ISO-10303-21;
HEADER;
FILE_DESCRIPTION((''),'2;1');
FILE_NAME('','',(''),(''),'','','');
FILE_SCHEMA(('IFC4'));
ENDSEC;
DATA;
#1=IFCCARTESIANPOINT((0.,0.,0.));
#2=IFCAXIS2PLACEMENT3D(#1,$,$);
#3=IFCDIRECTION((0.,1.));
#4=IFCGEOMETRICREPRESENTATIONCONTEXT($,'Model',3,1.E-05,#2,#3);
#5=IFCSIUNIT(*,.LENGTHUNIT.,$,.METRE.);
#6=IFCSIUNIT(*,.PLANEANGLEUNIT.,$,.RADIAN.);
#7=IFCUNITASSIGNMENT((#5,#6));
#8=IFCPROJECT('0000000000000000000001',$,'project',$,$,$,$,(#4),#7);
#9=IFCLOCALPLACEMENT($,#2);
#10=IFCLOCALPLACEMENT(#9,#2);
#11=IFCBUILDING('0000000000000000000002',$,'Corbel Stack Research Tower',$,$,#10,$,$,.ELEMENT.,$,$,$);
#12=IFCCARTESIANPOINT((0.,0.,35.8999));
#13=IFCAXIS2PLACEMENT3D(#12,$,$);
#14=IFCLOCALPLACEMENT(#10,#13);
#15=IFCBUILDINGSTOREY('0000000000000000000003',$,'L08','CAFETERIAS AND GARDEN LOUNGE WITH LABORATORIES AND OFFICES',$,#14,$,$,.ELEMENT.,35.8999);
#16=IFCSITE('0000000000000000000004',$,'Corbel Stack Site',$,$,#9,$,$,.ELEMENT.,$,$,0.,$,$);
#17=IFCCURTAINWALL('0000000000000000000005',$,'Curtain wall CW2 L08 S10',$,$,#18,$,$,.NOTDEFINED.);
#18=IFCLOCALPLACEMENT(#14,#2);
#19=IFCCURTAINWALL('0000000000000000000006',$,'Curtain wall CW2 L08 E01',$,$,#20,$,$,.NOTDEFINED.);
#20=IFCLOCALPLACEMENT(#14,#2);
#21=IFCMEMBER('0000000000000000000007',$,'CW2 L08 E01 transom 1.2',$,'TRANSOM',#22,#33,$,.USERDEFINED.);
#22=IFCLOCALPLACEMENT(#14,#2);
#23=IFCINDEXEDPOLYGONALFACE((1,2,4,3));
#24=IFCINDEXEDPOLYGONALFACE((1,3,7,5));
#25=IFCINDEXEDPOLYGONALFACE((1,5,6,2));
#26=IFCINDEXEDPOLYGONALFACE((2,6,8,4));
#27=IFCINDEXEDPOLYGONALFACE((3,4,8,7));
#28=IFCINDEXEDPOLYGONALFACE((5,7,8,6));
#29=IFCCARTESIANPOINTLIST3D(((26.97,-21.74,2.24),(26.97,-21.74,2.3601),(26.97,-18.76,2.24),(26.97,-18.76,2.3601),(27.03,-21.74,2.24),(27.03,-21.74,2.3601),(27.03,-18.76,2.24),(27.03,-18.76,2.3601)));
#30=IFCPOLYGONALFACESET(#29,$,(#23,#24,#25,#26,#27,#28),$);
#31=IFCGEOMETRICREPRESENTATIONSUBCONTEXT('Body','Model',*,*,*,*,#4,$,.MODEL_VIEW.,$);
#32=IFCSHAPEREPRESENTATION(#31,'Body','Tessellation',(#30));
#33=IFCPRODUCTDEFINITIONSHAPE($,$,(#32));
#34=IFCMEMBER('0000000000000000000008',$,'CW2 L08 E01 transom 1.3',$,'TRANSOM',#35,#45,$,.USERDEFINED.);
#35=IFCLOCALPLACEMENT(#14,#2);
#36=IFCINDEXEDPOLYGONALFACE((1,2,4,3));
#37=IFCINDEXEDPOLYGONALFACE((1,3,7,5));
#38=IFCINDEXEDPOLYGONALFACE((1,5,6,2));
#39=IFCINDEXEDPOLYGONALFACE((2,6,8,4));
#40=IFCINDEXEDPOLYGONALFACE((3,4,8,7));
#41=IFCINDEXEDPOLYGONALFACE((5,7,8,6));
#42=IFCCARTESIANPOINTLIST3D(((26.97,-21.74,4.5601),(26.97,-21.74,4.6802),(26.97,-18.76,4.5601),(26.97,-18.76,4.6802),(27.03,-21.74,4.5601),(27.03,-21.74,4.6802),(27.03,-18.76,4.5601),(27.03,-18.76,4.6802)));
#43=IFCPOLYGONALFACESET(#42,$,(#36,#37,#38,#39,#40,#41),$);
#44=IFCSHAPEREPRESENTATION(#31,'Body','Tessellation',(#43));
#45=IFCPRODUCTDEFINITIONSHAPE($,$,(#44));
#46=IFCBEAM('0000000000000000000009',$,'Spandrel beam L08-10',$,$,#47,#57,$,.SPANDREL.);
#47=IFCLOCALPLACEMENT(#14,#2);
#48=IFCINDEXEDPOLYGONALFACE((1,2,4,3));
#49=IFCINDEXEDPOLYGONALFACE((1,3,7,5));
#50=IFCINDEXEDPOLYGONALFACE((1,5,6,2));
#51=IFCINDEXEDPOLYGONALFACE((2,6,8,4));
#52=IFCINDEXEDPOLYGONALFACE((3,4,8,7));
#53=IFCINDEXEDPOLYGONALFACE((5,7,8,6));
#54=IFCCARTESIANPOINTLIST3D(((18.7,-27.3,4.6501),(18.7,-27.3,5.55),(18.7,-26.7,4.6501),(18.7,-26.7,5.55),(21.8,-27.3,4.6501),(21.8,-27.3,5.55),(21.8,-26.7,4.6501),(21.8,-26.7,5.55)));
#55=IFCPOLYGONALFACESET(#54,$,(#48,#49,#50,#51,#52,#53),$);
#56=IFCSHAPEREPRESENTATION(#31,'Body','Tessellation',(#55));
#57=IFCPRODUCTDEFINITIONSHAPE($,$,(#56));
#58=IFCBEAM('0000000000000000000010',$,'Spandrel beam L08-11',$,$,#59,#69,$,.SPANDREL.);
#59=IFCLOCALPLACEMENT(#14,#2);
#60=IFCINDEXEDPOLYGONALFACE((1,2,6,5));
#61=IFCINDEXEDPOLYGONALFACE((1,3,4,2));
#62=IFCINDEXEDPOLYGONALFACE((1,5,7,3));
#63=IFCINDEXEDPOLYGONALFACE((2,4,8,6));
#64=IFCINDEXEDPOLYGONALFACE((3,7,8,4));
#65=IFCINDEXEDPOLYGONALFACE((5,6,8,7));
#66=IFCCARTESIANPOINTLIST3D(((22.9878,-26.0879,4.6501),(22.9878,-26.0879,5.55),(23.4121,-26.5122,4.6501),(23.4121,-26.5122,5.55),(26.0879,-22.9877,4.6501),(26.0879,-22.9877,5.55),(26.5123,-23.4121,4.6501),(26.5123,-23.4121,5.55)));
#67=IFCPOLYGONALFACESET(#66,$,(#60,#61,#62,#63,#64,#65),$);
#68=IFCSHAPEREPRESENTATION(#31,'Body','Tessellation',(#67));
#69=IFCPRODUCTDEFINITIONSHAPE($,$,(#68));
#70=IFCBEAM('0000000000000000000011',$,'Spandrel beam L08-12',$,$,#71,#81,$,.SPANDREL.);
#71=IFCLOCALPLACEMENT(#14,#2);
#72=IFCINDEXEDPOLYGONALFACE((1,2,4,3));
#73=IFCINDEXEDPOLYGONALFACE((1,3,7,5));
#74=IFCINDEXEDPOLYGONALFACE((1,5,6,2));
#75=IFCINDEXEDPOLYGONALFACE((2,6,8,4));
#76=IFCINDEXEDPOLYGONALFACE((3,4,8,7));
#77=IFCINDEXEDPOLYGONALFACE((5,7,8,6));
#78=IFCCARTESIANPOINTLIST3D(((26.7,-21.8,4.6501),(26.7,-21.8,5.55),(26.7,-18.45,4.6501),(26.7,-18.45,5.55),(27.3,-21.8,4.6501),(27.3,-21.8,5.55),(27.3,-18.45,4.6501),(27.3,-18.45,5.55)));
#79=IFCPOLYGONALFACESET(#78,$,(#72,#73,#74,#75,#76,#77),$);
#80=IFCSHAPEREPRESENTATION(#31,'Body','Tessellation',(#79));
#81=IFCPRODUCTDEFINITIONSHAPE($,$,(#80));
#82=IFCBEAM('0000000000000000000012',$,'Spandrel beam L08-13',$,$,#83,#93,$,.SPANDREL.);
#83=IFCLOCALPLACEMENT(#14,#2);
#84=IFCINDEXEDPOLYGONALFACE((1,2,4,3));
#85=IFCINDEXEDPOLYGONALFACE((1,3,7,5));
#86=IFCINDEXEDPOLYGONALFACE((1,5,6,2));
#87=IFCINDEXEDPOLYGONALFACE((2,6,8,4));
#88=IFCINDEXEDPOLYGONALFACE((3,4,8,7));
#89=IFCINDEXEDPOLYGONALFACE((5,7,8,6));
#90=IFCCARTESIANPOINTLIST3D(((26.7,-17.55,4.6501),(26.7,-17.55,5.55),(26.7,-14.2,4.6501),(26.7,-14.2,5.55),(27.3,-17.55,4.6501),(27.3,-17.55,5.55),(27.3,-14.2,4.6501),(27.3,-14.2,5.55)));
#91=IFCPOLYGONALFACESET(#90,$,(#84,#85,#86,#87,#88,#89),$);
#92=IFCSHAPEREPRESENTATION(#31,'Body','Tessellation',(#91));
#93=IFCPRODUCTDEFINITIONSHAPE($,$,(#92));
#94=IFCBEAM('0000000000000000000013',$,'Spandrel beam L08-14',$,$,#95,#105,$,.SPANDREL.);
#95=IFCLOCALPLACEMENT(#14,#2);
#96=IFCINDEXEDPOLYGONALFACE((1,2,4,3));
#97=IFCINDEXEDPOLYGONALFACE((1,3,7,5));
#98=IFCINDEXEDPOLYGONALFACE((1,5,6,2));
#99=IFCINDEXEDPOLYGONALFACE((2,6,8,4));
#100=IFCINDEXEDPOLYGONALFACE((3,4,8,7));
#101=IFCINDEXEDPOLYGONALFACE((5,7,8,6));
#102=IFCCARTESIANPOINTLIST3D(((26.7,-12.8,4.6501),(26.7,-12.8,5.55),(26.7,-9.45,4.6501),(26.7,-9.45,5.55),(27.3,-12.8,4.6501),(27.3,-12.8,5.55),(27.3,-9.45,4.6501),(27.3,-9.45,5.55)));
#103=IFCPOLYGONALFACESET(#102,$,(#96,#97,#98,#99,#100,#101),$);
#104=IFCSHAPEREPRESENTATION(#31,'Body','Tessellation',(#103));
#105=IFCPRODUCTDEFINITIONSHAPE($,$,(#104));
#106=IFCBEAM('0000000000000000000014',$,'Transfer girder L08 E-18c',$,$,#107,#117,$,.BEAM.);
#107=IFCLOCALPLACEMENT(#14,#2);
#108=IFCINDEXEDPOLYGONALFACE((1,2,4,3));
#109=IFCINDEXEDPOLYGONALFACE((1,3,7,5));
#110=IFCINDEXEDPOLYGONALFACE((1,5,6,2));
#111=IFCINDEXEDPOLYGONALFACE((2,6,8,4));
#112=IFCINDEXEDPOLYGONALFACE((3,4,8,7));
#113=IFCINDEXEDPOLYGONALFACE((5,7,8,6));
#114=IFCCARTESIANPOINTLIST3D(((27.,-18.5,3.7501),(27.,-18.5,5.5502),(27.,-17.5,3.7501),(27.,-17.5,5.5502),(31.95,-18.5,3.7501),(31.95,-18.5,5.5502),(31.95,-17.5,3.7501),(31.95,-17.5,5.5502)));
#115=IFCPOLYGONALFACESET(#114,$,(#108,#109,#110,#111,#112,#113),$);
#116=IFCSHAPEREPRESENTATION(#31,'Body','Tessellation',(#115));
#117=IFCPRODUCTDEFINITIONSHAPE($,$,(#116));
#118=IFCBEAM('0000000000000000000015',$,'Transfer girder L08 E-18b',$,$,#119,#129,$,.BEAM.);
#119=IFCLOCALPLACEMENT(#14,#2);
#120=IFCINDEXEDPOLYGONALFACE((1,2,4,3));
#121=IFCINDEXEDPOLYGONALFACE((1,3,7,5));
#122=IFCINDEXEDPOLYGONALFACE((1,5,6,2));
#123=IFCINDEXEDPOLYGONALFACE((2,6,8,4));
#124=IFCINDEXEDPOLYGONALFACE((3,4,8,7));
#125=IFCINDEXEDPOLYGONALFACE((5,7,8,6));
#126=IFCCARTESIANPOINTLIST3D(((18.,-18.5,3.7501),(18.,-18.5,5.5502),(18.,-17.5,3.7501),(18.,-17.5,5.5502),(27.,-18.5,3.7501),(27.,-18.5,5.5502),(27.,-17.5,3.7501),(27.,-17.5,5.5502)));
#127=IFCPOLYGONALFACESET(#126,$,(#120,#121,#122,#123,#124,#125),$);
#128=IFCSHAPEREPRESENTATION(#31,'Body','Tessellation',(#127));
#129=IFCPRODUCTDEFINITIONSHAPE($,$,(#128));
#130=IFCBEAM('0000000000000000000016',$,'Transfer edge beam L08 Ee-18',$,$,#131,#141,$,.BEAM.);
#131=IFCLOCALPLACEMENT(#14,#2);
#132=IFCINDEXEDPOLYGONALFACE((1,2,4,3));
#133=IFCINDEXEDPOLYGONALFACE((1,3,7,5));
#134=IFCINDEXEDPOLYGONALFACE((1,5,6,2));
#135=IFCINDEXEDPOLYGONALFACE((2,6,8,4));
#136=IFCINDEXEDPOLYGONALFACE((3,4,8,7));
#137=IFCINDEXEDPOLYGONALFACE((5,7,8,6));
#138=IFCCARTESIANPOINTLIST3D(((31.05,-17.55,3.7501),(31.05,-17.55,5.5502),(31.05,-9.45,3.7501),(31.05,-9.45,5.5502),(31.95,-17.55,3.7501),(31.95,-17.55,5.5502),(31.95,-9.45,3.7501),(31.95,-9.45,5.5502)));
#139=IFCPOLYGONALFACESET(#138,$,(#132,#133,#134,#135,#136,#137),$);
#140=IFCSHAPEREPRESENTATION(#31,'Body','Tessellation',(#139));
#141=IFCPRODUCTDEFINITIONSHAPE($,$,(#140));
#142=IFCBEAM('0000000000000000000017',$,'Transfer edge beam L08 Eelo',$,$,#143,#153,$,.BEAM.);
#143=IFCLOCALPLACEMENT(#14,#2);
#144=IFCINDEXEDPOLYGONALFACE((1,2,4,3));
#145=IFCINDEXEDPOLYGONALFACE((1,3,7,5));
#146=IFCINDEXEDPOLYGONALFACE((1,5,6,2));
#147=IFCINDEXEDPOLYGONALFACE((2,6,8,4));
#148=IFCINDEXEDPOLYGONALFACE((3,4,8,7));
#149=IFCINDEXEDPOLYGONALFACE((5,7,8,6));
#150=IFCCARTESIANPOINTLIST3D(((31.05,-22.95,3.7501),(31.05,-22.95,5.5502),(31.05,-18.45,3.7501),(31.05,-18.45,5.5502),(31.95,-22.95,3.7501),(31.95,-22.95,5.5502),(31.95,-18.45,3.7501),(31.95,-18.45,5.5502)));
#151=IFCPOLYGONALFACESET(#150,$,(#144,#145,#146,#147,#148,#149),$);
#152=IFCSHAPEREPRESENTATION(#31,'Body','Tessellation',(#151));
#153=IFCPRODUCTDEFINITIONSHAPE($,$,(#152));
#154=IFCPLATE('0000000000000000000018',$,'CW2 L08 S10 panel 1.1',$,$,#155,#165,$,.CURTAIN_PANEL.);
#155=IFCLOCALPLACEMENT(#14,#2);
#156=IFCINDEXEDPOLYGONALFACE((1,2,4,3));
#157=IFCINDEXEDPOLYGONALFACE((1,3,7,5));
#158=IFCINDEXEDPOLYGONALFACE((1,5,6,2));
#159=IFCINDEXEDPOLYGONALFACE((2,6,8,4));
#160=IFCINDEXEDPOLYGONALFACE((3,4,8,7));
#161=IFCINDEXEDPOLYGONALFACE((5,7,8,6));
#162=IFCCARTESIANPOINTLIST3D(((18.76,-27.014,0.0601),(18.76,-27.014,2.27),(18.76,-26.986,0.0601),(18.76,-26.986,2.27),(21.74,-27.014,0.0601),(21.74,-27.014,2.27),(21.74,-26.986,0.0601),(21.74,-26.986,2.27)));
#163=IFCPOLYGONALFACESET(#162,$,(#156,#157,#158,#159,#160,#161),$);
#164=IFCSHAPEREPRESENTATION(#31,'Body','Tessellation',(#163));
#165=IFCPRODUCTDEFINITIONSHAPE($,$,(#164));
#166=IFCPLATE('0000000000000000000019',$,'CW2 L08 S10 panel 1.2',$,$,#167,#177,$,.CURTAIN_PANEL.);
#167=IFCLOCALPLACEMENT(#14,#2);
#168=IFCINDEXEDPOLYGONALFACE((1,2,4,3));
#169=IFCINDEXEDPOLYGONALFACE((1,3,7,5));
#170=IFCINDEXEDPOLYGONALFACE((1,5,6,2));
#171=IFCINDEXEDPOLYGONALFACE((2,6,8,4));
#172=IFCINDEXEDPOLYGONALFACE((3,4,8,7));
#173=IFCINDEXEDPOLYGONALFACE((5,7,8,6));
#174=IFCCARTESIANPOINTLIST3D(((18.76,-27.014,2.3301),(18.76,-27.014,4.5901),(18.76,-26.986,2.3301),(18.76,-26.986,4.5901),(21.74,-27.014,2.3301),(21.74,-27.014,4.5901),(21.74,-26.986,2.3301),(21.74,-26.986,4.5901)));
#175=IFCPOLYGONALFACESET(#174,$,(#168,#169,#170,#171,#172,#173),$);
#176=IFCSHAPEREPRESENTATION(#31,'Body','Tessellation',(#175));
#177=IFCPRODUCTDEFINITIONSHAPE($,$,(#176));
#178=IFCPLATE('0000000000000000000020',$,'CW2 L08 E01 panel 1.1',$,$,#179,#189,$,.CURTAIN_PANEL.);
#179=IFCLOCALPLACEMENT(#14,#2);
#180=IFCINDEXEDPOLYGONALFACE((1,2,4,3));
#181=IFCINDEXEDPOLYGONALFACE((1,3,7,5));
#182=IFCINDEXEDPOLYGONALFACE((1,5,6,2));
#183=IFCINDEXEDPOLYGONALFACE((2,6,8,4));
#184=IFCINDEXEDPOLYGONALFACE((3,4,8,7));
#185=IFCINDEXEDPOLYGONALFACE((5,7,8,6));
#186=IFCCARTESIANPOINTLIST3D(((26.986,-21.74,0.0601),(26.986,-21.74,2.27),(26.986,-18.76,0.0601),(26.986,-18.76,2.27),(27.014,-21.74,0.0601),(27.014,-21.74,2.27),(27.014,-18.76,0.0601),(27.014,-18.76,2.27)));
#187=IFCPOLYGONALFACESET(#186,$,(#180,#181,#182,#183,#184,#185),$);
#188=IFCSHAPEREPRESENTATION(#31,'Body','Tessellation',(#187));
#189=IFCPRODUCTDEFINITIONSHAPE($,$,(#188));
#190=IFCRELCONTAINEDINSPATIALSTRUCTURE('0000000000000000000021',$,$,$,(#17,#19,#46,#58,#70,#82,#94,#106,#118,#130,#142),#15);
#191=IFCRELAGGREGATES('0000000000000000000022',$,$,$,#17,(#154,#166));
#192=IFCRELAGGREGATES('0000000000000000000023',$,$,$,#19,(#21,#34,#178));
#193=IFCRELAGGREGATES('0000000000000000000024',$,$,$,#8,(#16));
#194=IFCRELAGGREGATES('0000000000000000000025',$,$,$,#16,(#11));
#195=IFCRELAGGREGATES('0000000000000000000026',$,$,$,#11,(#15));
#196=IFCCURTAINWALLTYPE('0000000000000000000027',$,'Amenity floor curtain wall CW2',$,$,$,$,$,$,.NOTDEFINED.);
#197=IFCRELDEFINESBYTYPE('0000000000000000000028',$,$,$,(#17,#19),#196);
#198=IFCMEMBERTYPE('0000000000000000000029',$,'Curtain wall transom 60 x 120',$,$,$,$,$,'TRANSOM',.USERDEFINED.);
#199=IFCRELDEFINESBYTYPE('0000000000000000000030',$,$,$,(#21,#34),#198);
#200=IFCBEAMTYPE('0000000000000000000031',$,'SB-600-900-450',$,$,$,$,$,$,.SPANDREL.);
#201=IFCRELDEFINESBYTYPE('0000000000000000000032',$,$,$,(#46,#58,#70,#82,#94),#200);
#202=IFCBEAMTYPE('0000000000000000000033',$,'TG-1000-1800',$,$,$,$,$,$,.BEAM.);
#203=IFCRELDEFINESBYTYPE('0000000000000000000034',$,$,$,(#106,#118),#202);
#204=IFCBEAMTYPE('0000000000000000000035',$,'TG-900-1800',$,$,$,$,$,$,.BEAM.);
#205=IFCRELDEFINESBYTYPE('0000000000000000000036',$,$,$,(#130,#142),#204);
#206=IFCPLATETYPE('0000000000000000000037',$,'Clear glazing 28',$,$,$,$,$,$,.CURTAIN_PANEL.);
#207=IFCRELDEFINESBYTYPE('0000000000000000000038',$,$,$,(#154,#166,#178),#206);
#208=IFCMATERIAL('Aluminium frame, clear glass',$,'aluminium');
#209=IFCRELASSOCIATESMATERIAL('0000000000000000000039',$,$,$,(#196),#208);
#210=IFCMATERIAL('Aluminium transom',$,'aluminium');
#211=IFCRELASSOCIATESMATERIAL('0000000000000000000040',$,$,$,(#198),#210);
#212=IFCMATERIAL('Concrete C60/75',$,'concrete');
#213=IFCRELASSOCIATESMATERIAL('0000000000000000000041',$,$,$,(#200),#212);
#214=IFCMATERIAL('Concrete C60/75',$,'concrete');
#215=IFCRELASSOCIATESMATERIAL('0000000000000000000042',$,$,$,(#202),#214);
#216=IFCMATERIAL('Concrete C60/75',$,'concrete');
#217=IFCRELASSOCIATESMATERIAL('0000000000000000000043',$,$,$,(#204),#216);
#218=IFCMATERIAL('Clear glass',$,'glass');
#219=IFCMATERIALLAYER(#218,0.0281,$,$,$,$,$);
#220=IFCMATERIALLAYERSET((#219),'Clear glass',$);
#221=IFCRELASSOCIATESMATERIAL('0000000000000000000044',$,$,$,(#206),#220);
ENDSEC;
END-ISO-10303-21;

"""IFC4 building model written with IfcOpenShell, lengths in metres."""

from ifc_helpers import new_model, si_unit, direction, frame, origin, origin_2d, place, context, subcontext, project, spatial, rectangle, extrude, material, layer, layer_set, material_profile, profile_set, type_object, element, aggregate, save


model = new_model("IFC4")

# Units and contexts
model_context = context("Model", 3, precision=1e-05, world=origin(), true_north=direction((0.0, 1.0)))
body_context = subcontext(model_context, "Body", "Model", "MODEL_VIEW")
ifc_project = project(units=[si_unit("LENGTHUNIT", "METRE"), si_unit("PLANEANGLEUNIT", "RADIAN")], contexts=[model_context])

# Site, building, storey
site_placement = place(None, origin())
site = spatial("IfcSite", under=ifc_project, at=site_placement, Name="Corbel Stack Site", CompositionType="ELEMENT", RefElevation=0.0)
building_placement = place(site_placement, origin())
building = spatial("IfcBuilding", under=site, at=building_placement, Name="Corbel Stack Research Tower", CompositionType="ELEMENT")
storey_placement = place(building_placement, frame((0.0, 0.0, 35.8999)))
storey = spatial("IfcBuildingStorey", under=building, at=storey_placement, Name="L08", Description="CAFETERIAS AND GARDEN LOUNGE WITH LABORATORIES AND OFFICES", CompositionType="ELEMENT", Elevation=35.8999)

# Curtain walls
ifc_material_1 = material(Name="Aluminium frame, clear glass", Category="aluminium")
curtain_wall_type = type_object("IfcCurtainWallType", Name="Amenity floor curtain wall CW2", PredefinedType="NOTDEFINED", material=ifc_material_1)
curtain_wall_1_placement = place(storey_placement, origin())
curtain_wall_1 = element("IfcCurtainWall", 1, at=curtain_wall_1_placement, inside=storey, type_object=curtain_wall_type, Name="Curtain wall CW2 L08 S10", PredefinedType="NOTDEFINED")
curtain_wall_2_placement = place(storey_placement, origin())
curtain_wall_2 = element("IfcCurtainWall", 2, at=curtain_wall_2_placement, inside=storey, type_object=curtain_wall_type, Name="Curtain wall CW2 L08 E01", PredefinedType="NOTDEFINED")

# Members
ifc_material_2 = material(Name="Aluminium transom", Category="aluminium")
ifc_material_profile_1 = material_profile(ifc_material_2, rectangle(XDim=0.0601, YDim=0.1201, at=origin_2d()), Name="Transom 60 x 120")
ifc_profile_set_1 = profile_set([ifc_material_profile_1], Name="Aluminium transom")
member_type_1 = type_object("IfcMemberType", Name="Curtain wall transom 60 x 120", ElementType="TRANSOM", PredefinedType="USERDEFINED", material=ifc_profile_set_1)
member_1_placement = place(storey_placement, frame((27.0, -21.74, 2.3), z_axis=(0.0, 1.0, 0.0), x_axis=(-1.0, 0.0, 0.0)))
member_1 = element("IfcMember", 3, at=member_1_placement, type_object=member_type_1, Name="CW2 L08 E01 transom 1.2", ObjectType="TRANSOM", PredefinedType="USERDEFINED", context=body_context, shape_type="SweptSolid", body=[
    extrude(rectangle(XDim=0.0601, YDim=0.1201, at=origin_2d()), origin(), (0.0, 0.0, 1.0), 2.98),
])
member_2_placement = place(storey_placement, frame((27.0, -21.74, 4.6201), z_axis=(0.0, 1.0, 0.0), x_axis=(-1.0, 0.0, 0.0)))
member_2 = element("IfcMember", 4, at=member_2_placement, type_object=member_type_1, Name="CW2 L08 E01 transom 1.3", ObjectType="TRANSOM", PredefinedType="USERDEFINED", context=body_context, shape_type="SweptSolid", body=[
    extrude(rectangle(XDim=0.0601, YDim=0.1201, at=origin_2d()), origin(), (0.0, 0.0, 1.0), 2.98),
])

# Beams
ifc_material_3 = material(Name="Concrete C60/75", Category="concrete")
ifc_material_profile_2 = material_profile(ifc_material_3, rectangle(XDim=0.6001, YDim=0.8999, at=origin_2d()), Name="RC 600 x 900")
ifc_profile_set_2 = profile_set([ifc_material_profile_2], Name="Concrete C60/75")
beam_type_1 = type_object("IfcBeamType", Name="SB-600-900-450", PredefinedType="SPANDREL", material=ifc_profile_set_2)
beam_1_placement = place(storey_placement, frame((18.7, -27.0, 5.1001), z_axis=(1.0, 0.0, 0.0), x_axis=(0.0, 1.0, 0.0)))
element("IfcBeam", 5, at=beam_1_placement, inside=storey, type_object=beam_type_1, Name="Spandrel beam L08-10", PredefinedType="SPANDREL", context=body_context, shape_type="SweptSolid", body=[
    extrude(rectangle(XDim=0.6001, YDim=0.8999, at=origin_2d()), origin(), (0.0, 0.0, 1.0), 3.1001),
])
beam_2_placement = place(storey_placement, frame((23.2, -26.3, 5.1001), z_axis=(0.707107, 0.707107, 0.0), x_axis=(-0.707107, 0.707107, 0.0)))
element("IfcBeam", 6, at=beam_2_placement, inside=storey, type_object=beam_type_1, Name="Spandrel beam L08-11", PredefinedType="SPANDREL", context=body_context, shape_type="SweptSolid", body=[
    extrude(rectangle(XDim=0.6001, YDim=0.8999, at=origin_2d()), origin(), (0.0, 0.0, 1.0), 4.3843),
])
for number, where, z_axis, x_axis, name in (
    (7, (27.0, -21.8, 5.1001), (0.0, 1.0, 0.0), (-1.0, 0.0, 0.0), "Spandrel beam L08-12"),
    (8, (27.0, -17.55, 5.1001), (0.0, 1.0, 0.0), (-1.0, 0.0, 0.0), "Spandrel beam L08-13"),
    (9, (27.0, -12.8, 5.1001), (0.0, 1.0, 0.0), (-1.0, 0.0, 0.0), "Spandrel beam L08-14"),
):
    element("IfcBeam", number, at=place(storey_placement, frame(where, z_axis=z_axis, x_axis=x_axis)), inside=storey, type_object=beam_type_1, Name=name, PredefinedType="SPANDREL", context=body_context, shape_type="SweptSolid", body=[
        extrude(rectangle(XDim=0.6001, YDim=0.8999, at=origin_2d()), origin(), (0.0, 0.0, 1.0), 3.3501),
    ])
ifc_material_4 = material(Name="Concrete C60/75", Category="concrete")
ifc_material_profile_3 = material_profile(ifc_material_4, rectangle(XDim=1.0, YDim=1.8, at=origin_2d()), Name="RC 1000 x 1800")
ifc_profile_set_3 = profile_set([ifc_material_profile_3], Name="Concrete C60/75")
beam_type_2 = type_object("IfcBeamType", Name="TG-1000-1800", PredefinedType="BEAM", material=ifc_profile_set_3)
beam_3_placement = place(storey_placement, frame((31.95, -18.0, 4.6501), z_axis=(-1.0, 0.0, 0.0), x_axis=(0.0, -1.0, 0.0)))
element("IfcBeam", 10, at=beam_3_placement, inside=storey, type_object=beam_type_2, Name="Transfer girder L08 E-18c", PredefinedType="BEAM", context=body_context, shape_type="SweptSolid", body=[
    extrude(rectangle(XDim=1.0, YDim=1.8, at=origin_2d()), origin(), (0.0, 0.0, 1.0), 4.95),
])
beam_4_placement = place(storey_placement, frame((27.0, -18.0, 4.6501), z_axis=(-1.0, 0.0, 0.0), x_axis=(0.0, -1.0, 0.0)))
element("IfcBeam", 11, at=beam_4_placement, inside=storey, type_object=beam_type_2, Name="Transfer girder L08 E-18b", PredefinedType="BEAM", context=body_context, shape_type="SweptSolid", body=[
    extrude(rectangle(XDim=1.0, YDim=1.8, at=origin_2d()), origin(), (0.0, 0.0, 1.0), 9.0),
])
ifc_material_5 = material(Name="Concrete C60/75", Category="concrete")
ifc_material_profile_4 = material_profile(ifc_material_5, rectangle(XDim=0.8999, YDim=1.8, at=origin_2d()), Name="RC 900 x 1800")
ifc_profile_set_4 = profile_set([ifc_material_profile_4], Name="Concrete C60/75")
beam_type_3 = type_object("IfcBeamType", Name="TG-900-1800", PredefinedType="BEAM", material=ifc_profile_set_4)
beam_5_placement = place(storey_placement, frame((31.5, -17.55, 4.6501), z_axis=(0.0, 1.0, 0.0), x_axis=(-1.0, 0.0, 0.0)))
element("IfcBeam", 12, at=beam_5_placement, inside=storey, type_object=beam_type_3, Name="Transfer edge beam L08 Ee-18", PredefinedType="BEAM", context=body_context, shape_type="SweptSolid", body=[
    extrude(rectangle(XDim=0.8999, YDim=1.8, at=origin_2d()), origin(), (0.0, 0.0, 1.0), 8.1001),
])
beam_6_placement = place(storey_placement, frame((31.5, -22.95, 4.6501), z_axis=(0.0, 1.0, 0.0), x_axis=(-1.0, 0.0, 0.0)))
element("IfcBeam", 13, at=beam_6_placement, inside=storey, type_object=beam_type_3, Name="Transfer edge beam L08 Eelo", PredefinedType="BEAM", context=body_context, shape_type="SweptSolid", body=[
    extrude(rectangle(XDim=0.8999, YDim=1.8, at=origin_2d()), origin(), (0.0, 0.0, 1.0), 4.5),
])

# Plates
ifc_material_6 = material(Name="Clear glass", Category="glass")
ifc_layer_1 = layer(ifc_material_6, 0.0281)
ifc_layer_set_1 = layer_set([ifc_layer_1], Name="Clear glass")
plate_type = type_object("IfcPlateType", Name="Clear glazing 28", PredefinedType="CURTAIN_PANEL", material=ifc_layer_set_1)
plate_1_placement = place(storey_placement, frame((20.25, -27.0, 0.0601), z_axis=(0.0, 0.0, 1.0), x_axis=(1.0, 0.0, 0.0)))
plate_1 = element("IfcPlate", 14, at=plate_1_placement, type_object=plate_type, Name="CW2 L08 S10 panel 1.1", PredefinedType="CURTAIN_PANEL", context=body_context, shape_type="SweptSolid", body=[
    extrude(rectangle(XDim=2.98, YDim=0.0281, at=origin_2d()), origin(), (0.0, 0.0, 1.0), 2.21),
])
plate_2_placement = place(storey_placement, frame((20.25, -27.0, 2.3301), z_axis=(0.0, 0.0, 1.0), x_axis=(1.0, 0.0, 0.0)))
plate_2 = element("IfcPlate", 15, at=plate_2_placement, type_object=plate_type, Name="CW2 L08 S10 panel 1.2", PredefinedType="CURTAIN_PANEL", context=body_context, shape_type="SweptSolid", body=[
    extrude(rectangle(XDim=2.98, YDim=0.0281, at=origin_2d()), origin(), (0.0, 0.0, 1.0), 2.26),
])
aggregate(curtain_wall_1, [plate_1, plate_2])
plate_3_placement = place(storey_placement, frame((27.0, -20.25, 0.0601), z_axis=(0.0, 0.0, 1.0), x_axis=(0.0, 1.0, 0.0)))
plate_3 = element("IfcPlate", 16, at=plate_3_placement, type_object=plate_type, Name="CW2 L08 E01 panel 1.1", PredefinedType="CURTAIN_PANEL", context=body_context, shape_type="SweptSolid", body=[
    extrude(rectangle(XDim=2.98, YDim=0.0281, at=origin_2d()), origin(), (0.0, 0.0, 1.0), 2.21),
])
aggregate(curtain_wall_2, [member_1, member_2, plate_3])

save(model, "model.ifc")
